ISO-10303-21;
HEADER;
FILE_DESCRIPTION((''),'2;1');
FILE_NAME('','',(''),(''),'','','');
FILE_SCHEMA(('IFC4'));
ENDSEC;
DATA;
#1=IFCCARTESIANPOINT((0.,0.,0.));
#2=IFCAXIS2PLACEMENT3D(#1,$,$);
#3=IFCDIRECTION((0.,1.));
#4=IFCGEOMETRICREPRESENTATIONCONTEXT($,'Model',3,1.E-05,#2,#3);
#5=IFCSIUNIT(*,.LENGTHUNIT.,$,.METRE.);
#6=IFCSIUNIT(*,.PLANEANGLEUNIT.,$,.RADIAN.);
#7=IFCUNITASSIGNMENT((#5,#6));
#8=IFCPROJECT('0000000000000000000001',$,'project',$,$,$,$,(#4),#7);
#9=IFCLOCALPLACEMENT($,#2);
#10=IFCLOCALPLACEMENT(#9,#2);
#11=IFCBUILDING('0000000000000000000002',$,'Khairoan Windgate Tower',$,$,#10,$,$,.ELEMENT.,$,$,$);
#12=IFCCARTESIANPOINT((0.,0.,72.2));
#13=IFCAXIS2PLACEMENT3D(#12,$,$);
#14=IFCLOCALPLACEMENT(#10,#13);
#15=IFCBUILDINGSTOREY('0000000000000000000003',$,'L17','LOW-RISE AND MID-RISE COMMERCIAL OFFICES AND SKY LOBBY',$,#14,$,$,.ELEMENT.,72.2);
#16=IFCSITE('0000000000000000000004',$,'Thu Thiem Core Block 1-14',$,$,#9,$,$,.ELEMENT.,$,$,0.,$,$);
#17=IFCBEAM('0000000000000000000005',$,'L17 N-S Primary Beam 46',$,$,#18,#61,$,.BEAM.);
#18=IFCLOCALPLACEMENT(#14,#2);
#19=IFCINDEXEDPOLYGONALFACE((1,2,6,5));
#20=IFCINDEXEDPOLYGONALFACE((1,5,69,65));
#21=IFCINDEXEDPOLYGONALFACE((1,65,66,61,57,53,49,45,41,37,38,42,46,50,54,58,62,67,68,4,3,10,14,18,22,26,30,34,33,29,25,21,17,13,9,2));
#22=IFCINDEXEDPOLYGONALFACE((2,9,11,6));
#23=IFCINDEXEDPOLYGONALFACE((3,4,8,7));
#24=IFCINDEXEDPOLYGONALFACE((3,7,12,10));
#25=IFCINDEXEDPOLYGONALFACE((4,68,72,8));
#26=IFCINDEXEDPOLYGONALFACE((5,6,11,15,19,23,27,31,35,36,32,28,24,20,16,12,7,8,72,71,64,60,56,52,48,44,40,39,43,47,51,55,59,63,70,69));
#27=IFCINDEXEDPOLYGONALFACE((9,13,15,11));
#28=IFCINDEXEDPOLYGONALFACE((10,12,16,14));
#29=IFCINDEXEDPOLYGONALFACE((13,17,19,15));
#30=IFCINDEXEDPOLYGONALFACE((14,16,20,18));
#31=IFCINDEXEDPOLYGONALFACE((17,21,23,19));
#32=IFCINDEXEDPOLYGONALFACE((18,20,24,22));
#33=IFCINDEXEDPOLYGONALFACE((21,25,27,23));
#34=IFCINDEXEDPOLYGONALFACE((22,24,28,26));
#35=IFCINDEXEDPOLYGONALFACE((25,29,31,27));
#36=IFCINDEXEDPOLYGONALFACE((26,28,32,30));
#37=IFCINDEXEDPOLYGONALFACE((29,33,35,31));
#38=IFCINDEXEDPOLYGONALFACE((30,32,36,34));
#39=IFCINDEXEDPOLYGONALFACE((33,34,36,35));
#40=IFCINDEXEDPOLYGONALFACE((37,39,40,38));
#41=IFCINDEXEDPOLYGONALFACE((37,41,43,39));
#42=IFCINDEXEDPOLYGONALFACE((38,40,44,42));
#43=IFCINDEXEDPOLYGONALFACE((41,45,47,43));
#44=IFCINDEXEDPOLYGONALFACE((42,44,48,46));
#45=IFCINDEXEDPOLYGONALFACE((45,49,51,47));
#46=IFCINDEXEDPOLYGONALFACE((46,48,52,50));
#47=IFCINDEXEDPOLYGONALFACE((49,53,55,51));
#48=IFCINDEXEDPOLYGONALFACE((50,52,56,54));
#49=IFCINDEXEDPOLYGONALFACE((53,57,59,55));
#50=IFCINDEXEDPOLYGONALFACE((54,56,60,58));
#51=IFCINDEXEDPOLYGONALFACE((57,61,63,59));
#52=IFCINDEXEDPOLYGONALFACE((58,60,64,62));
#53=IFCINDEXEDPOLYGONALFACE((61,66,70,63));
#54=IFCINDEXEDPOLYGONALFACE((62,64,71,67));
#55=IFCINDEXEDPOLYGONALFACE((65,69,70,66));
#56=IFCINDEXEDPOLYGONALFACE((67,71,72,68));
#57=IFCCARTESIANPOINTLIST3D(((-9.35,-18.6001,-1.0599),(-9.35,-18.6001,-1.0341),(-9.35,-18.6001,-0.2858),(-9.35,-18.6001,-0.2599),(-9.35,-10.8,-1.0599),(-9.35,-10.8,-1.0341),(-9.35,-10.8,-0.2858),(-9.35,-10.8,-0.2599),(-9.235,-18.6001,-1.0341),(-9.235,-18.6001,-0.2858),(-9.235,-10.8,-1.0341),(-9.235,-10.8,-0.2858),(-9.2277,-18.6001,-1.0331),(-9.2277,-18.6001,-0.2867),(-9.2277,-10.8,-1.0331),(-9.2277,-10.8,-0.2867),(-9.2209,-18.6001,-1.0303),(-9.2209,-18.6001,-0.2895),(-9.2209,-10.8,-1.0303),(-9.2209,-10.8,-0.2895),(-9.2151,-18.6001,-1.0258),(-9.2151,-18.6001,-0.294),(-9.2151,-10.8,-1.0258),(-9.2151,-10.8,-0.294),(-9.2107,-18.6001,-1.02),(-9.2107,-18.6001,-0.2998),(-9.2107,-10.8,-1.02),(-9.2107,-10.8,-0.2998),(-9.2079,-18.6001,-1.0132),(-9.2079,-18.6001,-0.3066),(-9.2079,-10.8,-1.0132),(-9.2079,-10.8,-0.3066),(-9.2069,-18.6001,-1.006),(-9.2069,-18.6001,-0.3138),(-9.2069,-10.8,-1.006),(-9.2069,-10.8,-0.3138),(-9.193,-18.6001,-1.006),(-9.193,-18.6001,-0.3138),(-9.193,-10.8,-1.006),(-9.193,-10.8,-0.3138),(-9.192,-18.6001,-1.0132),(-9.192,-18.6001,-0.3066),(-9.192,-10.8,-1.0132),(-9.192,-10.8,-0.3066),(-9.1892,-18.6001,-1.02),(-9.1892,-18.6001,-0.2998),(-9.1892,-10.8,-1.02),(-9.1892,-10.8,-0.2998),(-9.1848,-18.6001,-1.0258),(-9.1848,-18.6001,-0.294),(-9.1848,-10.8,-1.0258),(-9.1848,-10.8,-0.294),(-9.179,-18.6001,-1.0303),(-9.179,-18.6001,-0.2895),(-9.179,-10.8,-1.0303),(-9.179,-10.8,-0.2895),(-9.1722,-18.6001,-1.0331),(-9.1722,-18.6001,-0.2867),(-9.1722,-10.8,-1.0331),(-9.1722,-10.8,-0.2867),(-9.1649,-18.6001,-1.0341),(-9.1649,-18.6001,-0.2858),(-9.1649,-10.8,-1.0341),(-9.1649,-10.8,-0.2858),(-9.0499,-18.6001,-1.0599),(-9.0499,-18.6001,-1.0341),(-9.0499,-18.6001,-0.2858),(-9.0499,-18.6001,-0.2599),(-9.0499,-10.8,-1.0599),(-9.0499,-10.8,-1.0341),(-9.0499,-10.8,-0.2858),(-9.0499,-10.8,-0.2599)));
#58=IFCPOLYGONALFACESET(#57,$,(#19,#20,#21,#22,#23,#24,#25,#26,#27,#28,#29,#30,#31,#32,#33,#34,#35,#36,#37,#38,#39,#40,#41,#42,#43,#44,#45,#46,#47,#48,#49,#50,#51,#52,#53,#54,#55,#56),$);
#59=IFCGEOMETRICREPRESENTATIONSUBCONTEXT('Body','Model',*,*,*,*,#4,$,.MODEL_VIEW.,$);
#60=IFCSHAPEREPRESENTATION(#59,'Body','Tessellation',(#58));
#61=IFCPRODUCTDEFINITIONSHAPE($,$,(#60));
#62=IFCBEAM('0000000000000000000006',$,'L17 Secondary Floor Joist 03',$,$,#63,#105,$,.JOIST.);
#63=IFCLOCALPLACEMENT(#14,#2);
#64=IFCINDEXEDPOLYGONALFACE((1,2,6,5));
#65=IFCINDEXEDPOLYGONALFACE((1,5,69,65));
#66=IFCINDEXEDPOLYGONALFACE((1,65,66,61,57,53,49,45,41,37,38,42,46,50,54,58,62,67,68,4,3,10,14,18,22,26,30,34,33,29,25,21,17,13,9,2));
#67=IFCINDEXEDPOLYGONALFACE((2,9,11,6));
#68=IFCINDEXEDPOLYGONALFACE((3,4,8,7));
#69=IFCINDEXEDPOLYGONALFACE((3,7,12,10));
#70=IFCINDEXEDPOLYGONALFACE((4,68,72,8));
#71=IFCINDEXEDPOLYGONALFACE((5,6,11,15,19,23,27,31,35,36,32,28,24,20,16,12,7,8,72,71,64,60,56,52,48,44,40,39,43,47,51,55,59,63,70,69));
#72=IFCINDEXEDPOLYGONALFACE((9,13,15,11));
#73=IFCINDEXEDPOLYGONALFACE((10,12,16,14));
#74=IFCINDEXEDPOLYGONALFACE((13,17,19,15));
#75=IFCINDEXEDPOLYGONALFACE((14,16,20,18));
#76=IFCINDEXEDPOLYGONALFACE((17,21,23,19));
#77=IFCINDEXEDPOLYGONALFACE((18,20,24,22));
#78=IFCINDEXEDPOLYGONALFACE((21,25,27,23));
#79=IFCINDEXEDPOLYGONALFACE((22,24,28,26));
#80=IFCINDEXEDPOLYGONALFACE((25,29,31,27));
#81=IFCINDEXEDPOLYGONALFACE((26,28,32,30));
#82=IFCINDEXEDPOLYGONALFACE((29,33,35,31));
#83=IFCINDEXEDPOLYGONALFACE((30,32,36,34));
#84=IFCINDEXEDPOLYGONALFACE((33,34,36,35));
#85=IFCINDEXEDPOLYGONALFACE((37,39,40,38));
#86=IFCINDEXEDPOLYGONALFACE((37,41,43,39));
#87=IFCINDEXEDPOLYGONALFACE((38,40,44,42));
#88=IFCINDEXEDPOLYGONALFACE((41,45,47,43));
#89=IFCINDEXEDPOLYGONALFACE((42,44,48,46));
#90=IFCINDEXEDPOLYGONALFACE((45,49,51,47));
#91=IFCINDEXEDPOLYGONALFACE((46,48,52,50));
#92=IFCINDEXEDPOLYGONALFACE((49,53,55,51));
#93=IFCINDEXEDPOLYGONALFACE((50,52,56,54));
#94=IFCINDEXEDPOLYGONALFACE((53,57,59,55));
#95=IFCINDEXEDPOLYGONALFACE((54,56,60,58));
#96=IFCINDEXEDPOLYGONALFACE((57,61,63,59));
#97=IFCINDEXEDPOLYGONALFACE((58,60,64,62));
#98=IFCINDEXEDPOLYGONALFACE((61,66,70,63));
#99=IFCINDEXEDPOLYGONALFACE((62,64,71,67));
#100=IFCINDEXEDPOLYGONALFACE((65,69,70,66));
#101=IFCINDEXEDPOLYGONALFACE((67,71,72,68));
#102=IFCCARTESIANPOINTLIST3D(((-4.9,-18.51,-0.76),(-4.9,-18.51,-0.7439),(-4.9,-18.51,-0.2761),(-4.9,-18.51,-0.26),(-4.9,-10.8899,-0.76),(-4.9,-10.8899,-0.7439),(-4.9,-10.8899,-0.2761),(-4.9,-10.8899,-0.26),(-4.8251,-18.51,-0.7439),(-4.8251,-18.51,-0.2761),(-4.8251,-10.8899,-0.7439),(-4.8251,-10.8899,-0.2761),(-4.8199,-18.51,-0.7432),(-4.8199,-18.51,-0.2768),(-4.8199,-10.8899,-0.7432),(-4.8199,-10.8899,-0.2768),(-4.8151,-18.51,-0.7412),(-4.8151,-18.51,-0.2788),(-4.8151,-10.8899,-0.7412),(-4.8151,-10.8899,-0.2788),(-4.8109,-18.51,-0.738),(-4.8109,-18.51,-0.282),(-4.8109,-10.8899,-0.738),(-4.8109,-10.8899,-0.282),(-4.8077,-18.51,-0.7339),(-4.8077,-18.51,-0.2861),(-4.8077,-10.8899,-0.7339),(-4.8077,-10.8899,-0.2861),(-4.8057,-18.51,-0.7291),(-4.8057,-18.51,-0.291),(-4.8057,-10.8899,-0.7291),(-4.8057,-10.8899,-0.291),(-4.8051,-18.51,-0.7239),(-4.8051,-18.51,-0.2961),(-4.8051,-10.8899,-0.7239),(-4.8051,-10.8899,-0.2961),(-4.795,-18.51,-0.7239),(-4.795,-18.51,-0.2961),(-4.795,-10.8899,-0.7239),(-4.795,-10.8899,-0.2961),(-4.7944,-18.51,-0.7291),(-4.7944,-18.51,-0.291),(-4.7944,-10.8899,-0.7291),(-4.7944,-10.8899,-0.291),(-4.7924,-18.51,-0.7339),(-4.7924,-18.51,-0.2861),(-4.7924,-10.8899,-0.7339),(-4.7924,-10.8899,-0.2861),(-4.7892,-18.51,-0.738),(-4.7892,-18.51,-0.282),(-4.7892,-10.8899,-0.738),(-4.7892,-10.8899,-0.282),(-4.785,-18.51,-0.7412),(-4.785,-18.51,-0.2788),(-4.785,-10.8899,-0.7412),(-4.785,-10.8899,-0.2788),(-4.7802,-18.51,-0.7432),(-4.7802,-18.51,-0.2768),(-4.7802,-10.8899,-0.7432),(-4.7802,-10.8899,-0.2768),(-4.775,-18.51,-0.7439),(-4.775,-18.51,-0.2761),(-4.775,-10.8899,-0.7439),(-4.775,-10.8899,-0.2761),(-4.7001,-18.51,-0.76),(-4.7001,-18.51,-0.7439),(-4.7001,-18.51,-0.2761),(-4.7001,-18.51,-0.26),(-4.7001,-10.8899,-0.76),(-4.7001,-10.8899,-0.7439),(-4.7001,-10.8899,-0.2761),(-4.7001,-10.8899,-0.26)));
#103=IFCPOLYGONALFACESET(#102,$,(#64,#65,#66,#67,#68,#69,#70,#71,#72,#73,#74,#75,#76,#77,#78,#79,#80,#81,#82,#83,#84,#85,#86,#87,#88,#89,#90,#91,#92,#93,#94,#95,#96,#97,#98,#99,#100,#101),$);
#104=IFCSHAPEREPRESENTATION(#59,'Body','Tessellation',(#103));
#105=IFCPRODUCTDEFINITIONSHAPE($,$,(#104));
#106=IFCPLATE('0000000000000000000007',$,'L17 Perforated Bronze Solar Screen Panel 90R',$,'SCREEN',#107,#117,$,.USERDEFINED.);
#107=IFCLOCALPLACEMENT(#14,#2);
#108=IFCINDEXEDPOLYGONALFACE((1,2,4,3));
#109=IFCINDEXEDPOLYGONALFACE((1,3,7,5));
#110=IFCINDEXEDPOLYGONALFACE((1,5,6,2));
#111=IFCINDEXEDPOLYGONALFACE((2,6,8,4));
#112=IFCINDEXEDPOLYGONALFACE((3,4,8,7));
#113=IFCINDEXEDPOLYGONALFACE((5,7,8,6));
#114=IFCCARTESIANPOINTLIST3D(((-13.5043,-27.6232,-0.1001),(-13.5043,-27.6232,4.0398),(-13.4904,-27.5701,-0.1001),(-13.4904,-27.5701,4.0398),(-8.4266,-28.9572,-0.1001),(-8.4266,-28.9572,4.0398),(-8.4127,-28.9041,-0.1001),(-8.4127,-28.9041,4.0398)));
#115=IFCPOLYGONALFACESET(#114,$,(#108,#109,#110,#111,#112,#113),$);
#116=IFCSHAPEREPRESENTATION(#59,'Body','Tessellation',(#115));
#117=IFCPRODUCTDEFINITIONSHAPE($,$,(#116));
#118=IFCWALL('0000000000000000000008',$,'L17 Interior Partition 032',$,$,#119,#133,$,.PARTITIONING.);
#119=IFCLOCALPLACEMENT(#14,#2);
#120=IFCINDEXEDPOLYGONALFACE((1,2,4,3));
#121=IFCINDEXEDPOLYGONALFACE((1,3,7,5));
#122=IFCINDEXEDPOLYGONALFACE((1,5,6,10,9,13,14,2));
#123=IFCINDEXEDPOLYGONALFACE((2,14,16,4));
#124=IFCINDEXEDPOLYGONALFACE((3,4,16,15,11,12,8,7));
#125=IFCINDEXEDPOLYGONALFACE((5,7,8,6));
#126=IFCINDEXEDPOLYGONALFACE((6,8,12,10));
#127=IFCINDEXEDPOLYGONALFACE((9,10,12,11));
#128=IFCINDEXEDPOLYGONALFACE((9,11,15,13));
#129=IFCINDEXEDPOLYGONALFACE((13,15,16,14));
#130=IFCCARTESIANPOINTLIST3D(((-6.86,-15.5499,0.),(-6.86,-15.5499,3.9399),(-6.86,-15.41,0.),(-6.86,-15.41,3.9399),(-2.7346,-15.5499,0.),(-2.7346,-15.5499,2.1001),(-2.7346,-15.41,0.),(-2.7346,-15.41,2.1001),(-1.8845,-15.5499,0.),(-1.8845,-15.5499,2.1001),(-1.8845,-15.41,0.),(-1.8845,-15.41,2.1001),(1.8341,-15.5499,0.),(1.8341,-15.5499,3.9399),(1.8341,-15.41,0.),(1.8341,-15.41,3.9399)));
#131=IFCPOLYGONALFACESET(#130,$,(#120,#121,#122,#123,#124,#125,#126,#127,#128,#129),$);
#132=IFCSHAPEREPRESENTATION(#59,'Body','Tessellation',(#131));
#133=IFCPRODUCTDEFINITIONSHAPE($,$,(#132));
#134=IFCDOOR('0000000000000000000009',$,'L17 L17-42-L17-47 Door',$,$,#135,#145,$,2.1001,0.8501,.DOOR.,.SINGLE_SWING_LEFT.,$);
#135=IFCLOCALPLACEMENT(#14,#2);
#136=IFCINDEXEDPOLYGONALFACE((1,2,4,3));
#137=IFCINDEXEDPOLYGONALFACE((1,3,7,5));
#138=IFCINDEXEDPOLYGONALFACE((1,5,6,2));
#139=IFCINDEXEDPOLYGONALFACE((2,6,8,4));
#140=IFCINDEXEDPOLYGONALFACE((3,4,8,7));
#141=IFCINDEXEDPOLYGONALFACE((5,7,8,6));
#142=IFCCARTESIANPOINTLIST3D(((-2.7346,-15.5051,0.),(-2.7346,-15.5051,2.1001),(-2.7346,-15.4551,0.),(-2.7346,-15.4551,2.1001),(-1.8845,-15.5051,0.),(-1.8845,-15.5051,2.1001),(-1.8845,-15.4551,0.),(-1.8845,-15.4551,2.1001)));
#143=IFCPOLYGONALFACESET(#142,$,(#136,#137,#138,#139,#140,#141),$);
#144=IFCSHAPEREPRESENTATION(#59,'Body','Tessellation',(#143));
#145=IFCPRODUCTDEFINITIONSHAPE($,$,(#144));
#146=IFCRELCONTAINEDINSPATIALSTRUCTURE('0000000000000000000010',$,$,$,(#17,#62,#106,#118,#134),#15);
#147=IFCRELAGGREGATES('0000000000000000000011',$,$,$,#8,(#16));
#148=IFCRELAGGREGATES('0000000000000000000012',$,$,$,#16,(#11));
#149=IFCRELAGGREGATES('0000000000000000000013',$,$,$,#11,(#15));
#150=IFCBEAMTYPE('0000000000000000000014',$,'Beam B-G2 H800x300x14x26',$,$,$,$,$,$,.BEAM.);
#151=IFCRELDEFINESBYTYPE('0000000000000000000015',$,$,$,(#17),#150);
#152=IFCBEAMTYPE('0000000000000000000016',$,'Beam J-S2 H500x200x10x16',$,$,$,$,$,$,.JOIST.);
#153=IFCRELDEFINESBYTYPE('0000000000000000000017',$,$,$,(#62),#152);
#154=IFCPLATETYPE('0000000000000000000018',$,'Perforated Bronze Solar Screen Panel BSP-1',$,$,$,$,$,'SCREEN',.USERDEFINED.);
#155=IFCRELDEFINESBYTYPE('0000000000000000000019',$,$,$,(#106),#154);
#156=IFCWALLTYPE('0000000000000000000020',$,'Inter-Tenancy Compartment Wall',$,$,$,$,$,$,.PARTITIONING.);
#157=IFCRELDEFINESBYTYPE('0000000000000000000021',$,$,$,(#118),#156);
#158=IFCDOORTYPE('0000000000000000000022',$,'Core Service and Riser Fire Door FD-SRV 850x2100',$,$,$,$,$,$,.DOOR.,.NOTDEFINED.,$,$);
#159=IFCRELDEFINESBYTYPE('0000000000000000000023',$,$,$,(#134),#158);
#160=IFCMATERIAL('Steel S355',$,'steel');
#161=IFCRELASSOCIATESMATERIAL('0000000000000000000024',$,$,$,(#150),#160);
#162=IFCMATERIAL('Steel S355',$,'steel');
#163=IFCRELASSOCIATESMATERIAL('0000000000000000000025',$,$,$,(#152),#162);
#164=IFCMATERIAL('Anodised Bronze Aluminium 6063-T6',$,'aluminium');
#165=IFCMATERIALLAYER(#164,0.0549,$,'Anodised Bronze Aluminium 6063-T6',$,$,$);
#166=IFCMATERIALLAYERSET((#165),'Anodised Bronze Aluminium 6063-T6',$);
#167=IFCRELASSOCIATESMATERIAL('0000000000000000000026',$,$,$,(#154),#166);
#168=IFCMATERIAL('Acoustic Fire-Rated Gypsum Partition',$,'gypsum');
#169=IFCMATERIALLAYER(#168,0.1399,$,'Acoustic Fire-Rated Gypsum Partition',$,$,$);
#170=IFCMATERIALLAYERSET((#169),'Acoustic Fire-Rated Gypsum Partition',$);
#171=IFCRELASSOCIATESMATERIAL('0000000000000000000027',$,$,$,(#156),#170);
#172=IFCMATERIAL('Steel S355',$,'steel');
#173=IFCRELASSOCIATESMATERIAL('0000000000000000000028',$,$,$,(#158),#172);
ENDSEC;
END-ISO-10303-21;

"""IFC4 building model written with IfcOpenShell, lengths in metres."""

from ifc_helpers import new_model, si_unit, direction, frame, frame_2d, origin, origin_2d, place, context, subcontext, project, spatial, rectangle, i_section, extrude, material, layer, layer_set, material_profile, profile_set, type_object, element, fill, save


model = new_model("IFC4")

# Units and contexts
model_context = context("Model", 3, precision=1e-05, world=origin(), true_north=direction((0.0, 1.0)))
body_context = subcontext(model_context, "Body", "Model", "MODEL_VIEW")
ifc_project = project(units=[si_unit("LENGTHUNIT", "METRE"), si_unit("PLANEANGLEUNIT", "RADIAN")], contexts=[model_context])

# Site, building, storey
site_placement = place(None, origin())
site = spatial("IfcSite", under=ifc_project, at=site_placement, Name="Thu Thiem Core Block 1-14", CompositionType="ELEMENT", RefElevation=0.0)
building_placement = place(site_placement, origin())
building = spatial("IfcBuilding", under=site, at=building_placement, Name="Khairoan Windgate Tower", CompositionType="ELEMENT")
storey_placement = place(building_placement, frame((0.0, 0.0, 72.2)))
storey = spatial("IfcBuildingStorey", under=building, at=storey_placement, Name="L17", Description="LOW-RISE AND MID-RISE COMMERCIAL OFFICES AND SKY LOBBY", CompositionType="ELEMENT", Elevation=72.2)

# Beams
ifc_material_1 = material(Name="Steel S355", Category="steel")
ifc_material_profile_1 = material_profile(ifc_material_1, i_section(OverallWidth=0.3, OverallDepth=0.8, WebThickness=0.0139, FlangeThickness=0.0259, FilletRadius=0.0281, at=origin_2d()))
ifc_profile_set_1 = profile_set([ifc_material_profile_1], Name="Steel S355")
beam_type_1 = type_object("IfcBeamType", Name="Beam B-G2 H800x300x14x26", PredefinedType="BEAM", material=ifc_profile_set_1)
beam_1_placement = place(storey_placement, frame((-9.2, -18.6001, -0.6599), z_axis=(0.0, 1.0, 0.0), x_axis=(-1.0, 0.0, 0.0)))
element("IfcBeam", 1, at=beam_1_placement, inside=storey, type_object=beam_type_1, Name="L17 N-S Primary Beam 46", PredefinedType="BEAM", context=body_context, shape_type="SweptSolid", body=[
    extrude(i_section(OverallWidth=0.3, OverallDepth=0.8, WebThickness=0.0139, FlangeThickness=0.0259, FilletRadius=0.0281, at=origin_2d()), origin(), (0.0, 0.0, 1.0), 7.8),
])
ifc_material_2 = material(Name="Steel S355", Category="steel")
ifc_material_profile_2 = material_profile(ifc_material_2, i_section(OverallWidth=0.2, OverallDepth=0.5, WebThickness=0.01, FlangeThickness=0.0161, FilletRadius=0.02, at=origin_2d()))
ifc_profile_set_2 = profile_set([ifc_material_profile_2], Name="Steel S355")
beam_type_2 = type_object("IfcBeamType", Name="Beam J-S2 H500x200x10x16", PredefinedType="JOIST", material=ifc_profile_set_2)
beam_2_placement = place(storey_placement, frame((-4.8, -18.51, -0.51), z_axis=(0.0, 1.0, 0.0), x_axis=(-1.0, 0.0, 0.0)))
element("IfcBeam", 2, at=beam_2_placement, inside=storey, type_object=beam_type_2, Name="L17 Secondary Floor Joist 03", PredefinedType="JOIST", context=body_context, shape_type="SweptSolid", body=[
    extrude(i_section(OverallWidth=0.2, OverallDepth=0.5, WebThickness=0.01, FlangeThickness=0.0161, FilletRadius=0.02, at=origin_2d()), origin(), (0.0, 0.0, 1.0), 7.6201),
])

# Plate
ifc_material_3 = material(Name="Anodised Bronze Aluminium 6063-T6", Category="aluminium")
ifc_layer_1 = layer(ifc_material_3, 0.0549, Name="Anodised Bronze Aluminium 6063-T6")
ifc_layer_set_1 = layer_set([ifc_layer_1], Name="Anodised Bronze Aluminium 6063-T6")
plate_type = type_object("IfcPlateType", Name="Perforated Bronze Solar Screen Panel BSP-1", ElementType="SCREEN", PredefinedType="USERDEFINED", material=ifc_layer_set_1)
plate_placement = place(storey_placement, frame((-10.9585, -28.2637, -0.1001), z_axis=(0.0, 0.0, 1.0), x_axis=(-0.967179, 0.254096, 0.0)))
element("IfcPlate", 3, at=plate_placement, inside=storey, type_object=plate_type, Name="L17 Perforated Bronze Solar Screen Panel 90R", ObjectType="SCREEN", PredefinedType="USERDEFINED", context=body_context, shape_type="SweptSolid", body=[
    extrude(rectangle(XDim=5.25, YDim=0.0549, at=origin_2d()), origin(), (0.0, 0.0, 1.0), 4.1399),
])

# Wall, opening, door
ifc_material_4 = material(Name="Acoustic Fire-Rated Gypsum Partition", Category="gypsum")
ifc_layer_2 = layer(ifc_material_4, 0.1399, Name="Acoustic Fire-Rated Gypsum Partition")
ifc_layer_set_2 = layer_set([ifc_layer_2], Name="Acoustic Fire-Rated Gypsum Partition")
wall_type_1 = type_object("IfcWallType", Name="Inter-Tenancy Compartment Wall", PredefinedType="PARTITIONING", material=ifc_layer_set_2)
wall_1_placement = place(storey_placement, frame((-6.8601, -15.48, 0.0), z_axis=(0.0, 0.0, 1.0), x_axis=(1.0, 0.0, 0.0)))
wall_1 = element("IfcWall", 4, at=wall_1_placement, inside=storey, type_object=wall_type_1, Name="L17 Interior Partition 032", PredefinedType="PARTITIONING", context=body_context, shape_type="SweptSolid", body=[
    extrude(rectangle(XDim=8.6941, YDim=0.1399, at=frame_2d((4.3472, 0.0))), origin(), (0.0, 0.0, 1.0), 3.9399),
])
opening_1_placement = place(wall_1_placement, frame((4.1255, 0.0, 0.0)))
opening_1 = element("IfcOpeningElement", 5, at=opening_1_placement, cuts=wall_1, PredefinedType="OPENING", context=body_context, shape_type="SweptSolid", body=[
    extrude(rectangle(XDim=0.8501, YDim=2.1001, at=frame_2d((0.425, 1.05))), frame((0.0, 0.0798, 0.0), z_axis=(0.0, -1.0, 0.0), x_axis=(1.0, 0.0, 0.0)), (0.0, 0.0, 1.0), 0.1599),
])
ifc_material_5 = material(Name="Steel S355", Category="steel")
door_type_1 = type_object("IfcDoorType", Name="Core Service and Riser Fire Door FD-SRV 850x2100", OperationType="NOTDEFINED", PredefinedType="DOOR", material=ifc_material_5)
door_1_placement = place(opening_1_placement, origin())
door_1 = element("IfcDoor", 6, at=door_1_placement, inside=storey, type_object=door_type_1, Name="L17 L17-42-L17-47 Door", OperationType="SINGLE_SWING_LEFT", OverallHeight=2.1001, OverallWidth=0.8501, PredefinedType="DOOR", context=body_context, shape_type="SweptSolid", body=[
    extrude(rectangle(XDim=0.8501, YDim=2.1001, at=frame_2d((0.425, 1.05))), frame((0.0, 0.0249, 0.0), z_axis=(0.0, -1.0, 0.0), x_axis=(1.0, 0.0, 0.0)), (0.0, 0.0, 1.0), 0.05),
])
fill(opening_1, door_1)

save(model, "model.ifc")
